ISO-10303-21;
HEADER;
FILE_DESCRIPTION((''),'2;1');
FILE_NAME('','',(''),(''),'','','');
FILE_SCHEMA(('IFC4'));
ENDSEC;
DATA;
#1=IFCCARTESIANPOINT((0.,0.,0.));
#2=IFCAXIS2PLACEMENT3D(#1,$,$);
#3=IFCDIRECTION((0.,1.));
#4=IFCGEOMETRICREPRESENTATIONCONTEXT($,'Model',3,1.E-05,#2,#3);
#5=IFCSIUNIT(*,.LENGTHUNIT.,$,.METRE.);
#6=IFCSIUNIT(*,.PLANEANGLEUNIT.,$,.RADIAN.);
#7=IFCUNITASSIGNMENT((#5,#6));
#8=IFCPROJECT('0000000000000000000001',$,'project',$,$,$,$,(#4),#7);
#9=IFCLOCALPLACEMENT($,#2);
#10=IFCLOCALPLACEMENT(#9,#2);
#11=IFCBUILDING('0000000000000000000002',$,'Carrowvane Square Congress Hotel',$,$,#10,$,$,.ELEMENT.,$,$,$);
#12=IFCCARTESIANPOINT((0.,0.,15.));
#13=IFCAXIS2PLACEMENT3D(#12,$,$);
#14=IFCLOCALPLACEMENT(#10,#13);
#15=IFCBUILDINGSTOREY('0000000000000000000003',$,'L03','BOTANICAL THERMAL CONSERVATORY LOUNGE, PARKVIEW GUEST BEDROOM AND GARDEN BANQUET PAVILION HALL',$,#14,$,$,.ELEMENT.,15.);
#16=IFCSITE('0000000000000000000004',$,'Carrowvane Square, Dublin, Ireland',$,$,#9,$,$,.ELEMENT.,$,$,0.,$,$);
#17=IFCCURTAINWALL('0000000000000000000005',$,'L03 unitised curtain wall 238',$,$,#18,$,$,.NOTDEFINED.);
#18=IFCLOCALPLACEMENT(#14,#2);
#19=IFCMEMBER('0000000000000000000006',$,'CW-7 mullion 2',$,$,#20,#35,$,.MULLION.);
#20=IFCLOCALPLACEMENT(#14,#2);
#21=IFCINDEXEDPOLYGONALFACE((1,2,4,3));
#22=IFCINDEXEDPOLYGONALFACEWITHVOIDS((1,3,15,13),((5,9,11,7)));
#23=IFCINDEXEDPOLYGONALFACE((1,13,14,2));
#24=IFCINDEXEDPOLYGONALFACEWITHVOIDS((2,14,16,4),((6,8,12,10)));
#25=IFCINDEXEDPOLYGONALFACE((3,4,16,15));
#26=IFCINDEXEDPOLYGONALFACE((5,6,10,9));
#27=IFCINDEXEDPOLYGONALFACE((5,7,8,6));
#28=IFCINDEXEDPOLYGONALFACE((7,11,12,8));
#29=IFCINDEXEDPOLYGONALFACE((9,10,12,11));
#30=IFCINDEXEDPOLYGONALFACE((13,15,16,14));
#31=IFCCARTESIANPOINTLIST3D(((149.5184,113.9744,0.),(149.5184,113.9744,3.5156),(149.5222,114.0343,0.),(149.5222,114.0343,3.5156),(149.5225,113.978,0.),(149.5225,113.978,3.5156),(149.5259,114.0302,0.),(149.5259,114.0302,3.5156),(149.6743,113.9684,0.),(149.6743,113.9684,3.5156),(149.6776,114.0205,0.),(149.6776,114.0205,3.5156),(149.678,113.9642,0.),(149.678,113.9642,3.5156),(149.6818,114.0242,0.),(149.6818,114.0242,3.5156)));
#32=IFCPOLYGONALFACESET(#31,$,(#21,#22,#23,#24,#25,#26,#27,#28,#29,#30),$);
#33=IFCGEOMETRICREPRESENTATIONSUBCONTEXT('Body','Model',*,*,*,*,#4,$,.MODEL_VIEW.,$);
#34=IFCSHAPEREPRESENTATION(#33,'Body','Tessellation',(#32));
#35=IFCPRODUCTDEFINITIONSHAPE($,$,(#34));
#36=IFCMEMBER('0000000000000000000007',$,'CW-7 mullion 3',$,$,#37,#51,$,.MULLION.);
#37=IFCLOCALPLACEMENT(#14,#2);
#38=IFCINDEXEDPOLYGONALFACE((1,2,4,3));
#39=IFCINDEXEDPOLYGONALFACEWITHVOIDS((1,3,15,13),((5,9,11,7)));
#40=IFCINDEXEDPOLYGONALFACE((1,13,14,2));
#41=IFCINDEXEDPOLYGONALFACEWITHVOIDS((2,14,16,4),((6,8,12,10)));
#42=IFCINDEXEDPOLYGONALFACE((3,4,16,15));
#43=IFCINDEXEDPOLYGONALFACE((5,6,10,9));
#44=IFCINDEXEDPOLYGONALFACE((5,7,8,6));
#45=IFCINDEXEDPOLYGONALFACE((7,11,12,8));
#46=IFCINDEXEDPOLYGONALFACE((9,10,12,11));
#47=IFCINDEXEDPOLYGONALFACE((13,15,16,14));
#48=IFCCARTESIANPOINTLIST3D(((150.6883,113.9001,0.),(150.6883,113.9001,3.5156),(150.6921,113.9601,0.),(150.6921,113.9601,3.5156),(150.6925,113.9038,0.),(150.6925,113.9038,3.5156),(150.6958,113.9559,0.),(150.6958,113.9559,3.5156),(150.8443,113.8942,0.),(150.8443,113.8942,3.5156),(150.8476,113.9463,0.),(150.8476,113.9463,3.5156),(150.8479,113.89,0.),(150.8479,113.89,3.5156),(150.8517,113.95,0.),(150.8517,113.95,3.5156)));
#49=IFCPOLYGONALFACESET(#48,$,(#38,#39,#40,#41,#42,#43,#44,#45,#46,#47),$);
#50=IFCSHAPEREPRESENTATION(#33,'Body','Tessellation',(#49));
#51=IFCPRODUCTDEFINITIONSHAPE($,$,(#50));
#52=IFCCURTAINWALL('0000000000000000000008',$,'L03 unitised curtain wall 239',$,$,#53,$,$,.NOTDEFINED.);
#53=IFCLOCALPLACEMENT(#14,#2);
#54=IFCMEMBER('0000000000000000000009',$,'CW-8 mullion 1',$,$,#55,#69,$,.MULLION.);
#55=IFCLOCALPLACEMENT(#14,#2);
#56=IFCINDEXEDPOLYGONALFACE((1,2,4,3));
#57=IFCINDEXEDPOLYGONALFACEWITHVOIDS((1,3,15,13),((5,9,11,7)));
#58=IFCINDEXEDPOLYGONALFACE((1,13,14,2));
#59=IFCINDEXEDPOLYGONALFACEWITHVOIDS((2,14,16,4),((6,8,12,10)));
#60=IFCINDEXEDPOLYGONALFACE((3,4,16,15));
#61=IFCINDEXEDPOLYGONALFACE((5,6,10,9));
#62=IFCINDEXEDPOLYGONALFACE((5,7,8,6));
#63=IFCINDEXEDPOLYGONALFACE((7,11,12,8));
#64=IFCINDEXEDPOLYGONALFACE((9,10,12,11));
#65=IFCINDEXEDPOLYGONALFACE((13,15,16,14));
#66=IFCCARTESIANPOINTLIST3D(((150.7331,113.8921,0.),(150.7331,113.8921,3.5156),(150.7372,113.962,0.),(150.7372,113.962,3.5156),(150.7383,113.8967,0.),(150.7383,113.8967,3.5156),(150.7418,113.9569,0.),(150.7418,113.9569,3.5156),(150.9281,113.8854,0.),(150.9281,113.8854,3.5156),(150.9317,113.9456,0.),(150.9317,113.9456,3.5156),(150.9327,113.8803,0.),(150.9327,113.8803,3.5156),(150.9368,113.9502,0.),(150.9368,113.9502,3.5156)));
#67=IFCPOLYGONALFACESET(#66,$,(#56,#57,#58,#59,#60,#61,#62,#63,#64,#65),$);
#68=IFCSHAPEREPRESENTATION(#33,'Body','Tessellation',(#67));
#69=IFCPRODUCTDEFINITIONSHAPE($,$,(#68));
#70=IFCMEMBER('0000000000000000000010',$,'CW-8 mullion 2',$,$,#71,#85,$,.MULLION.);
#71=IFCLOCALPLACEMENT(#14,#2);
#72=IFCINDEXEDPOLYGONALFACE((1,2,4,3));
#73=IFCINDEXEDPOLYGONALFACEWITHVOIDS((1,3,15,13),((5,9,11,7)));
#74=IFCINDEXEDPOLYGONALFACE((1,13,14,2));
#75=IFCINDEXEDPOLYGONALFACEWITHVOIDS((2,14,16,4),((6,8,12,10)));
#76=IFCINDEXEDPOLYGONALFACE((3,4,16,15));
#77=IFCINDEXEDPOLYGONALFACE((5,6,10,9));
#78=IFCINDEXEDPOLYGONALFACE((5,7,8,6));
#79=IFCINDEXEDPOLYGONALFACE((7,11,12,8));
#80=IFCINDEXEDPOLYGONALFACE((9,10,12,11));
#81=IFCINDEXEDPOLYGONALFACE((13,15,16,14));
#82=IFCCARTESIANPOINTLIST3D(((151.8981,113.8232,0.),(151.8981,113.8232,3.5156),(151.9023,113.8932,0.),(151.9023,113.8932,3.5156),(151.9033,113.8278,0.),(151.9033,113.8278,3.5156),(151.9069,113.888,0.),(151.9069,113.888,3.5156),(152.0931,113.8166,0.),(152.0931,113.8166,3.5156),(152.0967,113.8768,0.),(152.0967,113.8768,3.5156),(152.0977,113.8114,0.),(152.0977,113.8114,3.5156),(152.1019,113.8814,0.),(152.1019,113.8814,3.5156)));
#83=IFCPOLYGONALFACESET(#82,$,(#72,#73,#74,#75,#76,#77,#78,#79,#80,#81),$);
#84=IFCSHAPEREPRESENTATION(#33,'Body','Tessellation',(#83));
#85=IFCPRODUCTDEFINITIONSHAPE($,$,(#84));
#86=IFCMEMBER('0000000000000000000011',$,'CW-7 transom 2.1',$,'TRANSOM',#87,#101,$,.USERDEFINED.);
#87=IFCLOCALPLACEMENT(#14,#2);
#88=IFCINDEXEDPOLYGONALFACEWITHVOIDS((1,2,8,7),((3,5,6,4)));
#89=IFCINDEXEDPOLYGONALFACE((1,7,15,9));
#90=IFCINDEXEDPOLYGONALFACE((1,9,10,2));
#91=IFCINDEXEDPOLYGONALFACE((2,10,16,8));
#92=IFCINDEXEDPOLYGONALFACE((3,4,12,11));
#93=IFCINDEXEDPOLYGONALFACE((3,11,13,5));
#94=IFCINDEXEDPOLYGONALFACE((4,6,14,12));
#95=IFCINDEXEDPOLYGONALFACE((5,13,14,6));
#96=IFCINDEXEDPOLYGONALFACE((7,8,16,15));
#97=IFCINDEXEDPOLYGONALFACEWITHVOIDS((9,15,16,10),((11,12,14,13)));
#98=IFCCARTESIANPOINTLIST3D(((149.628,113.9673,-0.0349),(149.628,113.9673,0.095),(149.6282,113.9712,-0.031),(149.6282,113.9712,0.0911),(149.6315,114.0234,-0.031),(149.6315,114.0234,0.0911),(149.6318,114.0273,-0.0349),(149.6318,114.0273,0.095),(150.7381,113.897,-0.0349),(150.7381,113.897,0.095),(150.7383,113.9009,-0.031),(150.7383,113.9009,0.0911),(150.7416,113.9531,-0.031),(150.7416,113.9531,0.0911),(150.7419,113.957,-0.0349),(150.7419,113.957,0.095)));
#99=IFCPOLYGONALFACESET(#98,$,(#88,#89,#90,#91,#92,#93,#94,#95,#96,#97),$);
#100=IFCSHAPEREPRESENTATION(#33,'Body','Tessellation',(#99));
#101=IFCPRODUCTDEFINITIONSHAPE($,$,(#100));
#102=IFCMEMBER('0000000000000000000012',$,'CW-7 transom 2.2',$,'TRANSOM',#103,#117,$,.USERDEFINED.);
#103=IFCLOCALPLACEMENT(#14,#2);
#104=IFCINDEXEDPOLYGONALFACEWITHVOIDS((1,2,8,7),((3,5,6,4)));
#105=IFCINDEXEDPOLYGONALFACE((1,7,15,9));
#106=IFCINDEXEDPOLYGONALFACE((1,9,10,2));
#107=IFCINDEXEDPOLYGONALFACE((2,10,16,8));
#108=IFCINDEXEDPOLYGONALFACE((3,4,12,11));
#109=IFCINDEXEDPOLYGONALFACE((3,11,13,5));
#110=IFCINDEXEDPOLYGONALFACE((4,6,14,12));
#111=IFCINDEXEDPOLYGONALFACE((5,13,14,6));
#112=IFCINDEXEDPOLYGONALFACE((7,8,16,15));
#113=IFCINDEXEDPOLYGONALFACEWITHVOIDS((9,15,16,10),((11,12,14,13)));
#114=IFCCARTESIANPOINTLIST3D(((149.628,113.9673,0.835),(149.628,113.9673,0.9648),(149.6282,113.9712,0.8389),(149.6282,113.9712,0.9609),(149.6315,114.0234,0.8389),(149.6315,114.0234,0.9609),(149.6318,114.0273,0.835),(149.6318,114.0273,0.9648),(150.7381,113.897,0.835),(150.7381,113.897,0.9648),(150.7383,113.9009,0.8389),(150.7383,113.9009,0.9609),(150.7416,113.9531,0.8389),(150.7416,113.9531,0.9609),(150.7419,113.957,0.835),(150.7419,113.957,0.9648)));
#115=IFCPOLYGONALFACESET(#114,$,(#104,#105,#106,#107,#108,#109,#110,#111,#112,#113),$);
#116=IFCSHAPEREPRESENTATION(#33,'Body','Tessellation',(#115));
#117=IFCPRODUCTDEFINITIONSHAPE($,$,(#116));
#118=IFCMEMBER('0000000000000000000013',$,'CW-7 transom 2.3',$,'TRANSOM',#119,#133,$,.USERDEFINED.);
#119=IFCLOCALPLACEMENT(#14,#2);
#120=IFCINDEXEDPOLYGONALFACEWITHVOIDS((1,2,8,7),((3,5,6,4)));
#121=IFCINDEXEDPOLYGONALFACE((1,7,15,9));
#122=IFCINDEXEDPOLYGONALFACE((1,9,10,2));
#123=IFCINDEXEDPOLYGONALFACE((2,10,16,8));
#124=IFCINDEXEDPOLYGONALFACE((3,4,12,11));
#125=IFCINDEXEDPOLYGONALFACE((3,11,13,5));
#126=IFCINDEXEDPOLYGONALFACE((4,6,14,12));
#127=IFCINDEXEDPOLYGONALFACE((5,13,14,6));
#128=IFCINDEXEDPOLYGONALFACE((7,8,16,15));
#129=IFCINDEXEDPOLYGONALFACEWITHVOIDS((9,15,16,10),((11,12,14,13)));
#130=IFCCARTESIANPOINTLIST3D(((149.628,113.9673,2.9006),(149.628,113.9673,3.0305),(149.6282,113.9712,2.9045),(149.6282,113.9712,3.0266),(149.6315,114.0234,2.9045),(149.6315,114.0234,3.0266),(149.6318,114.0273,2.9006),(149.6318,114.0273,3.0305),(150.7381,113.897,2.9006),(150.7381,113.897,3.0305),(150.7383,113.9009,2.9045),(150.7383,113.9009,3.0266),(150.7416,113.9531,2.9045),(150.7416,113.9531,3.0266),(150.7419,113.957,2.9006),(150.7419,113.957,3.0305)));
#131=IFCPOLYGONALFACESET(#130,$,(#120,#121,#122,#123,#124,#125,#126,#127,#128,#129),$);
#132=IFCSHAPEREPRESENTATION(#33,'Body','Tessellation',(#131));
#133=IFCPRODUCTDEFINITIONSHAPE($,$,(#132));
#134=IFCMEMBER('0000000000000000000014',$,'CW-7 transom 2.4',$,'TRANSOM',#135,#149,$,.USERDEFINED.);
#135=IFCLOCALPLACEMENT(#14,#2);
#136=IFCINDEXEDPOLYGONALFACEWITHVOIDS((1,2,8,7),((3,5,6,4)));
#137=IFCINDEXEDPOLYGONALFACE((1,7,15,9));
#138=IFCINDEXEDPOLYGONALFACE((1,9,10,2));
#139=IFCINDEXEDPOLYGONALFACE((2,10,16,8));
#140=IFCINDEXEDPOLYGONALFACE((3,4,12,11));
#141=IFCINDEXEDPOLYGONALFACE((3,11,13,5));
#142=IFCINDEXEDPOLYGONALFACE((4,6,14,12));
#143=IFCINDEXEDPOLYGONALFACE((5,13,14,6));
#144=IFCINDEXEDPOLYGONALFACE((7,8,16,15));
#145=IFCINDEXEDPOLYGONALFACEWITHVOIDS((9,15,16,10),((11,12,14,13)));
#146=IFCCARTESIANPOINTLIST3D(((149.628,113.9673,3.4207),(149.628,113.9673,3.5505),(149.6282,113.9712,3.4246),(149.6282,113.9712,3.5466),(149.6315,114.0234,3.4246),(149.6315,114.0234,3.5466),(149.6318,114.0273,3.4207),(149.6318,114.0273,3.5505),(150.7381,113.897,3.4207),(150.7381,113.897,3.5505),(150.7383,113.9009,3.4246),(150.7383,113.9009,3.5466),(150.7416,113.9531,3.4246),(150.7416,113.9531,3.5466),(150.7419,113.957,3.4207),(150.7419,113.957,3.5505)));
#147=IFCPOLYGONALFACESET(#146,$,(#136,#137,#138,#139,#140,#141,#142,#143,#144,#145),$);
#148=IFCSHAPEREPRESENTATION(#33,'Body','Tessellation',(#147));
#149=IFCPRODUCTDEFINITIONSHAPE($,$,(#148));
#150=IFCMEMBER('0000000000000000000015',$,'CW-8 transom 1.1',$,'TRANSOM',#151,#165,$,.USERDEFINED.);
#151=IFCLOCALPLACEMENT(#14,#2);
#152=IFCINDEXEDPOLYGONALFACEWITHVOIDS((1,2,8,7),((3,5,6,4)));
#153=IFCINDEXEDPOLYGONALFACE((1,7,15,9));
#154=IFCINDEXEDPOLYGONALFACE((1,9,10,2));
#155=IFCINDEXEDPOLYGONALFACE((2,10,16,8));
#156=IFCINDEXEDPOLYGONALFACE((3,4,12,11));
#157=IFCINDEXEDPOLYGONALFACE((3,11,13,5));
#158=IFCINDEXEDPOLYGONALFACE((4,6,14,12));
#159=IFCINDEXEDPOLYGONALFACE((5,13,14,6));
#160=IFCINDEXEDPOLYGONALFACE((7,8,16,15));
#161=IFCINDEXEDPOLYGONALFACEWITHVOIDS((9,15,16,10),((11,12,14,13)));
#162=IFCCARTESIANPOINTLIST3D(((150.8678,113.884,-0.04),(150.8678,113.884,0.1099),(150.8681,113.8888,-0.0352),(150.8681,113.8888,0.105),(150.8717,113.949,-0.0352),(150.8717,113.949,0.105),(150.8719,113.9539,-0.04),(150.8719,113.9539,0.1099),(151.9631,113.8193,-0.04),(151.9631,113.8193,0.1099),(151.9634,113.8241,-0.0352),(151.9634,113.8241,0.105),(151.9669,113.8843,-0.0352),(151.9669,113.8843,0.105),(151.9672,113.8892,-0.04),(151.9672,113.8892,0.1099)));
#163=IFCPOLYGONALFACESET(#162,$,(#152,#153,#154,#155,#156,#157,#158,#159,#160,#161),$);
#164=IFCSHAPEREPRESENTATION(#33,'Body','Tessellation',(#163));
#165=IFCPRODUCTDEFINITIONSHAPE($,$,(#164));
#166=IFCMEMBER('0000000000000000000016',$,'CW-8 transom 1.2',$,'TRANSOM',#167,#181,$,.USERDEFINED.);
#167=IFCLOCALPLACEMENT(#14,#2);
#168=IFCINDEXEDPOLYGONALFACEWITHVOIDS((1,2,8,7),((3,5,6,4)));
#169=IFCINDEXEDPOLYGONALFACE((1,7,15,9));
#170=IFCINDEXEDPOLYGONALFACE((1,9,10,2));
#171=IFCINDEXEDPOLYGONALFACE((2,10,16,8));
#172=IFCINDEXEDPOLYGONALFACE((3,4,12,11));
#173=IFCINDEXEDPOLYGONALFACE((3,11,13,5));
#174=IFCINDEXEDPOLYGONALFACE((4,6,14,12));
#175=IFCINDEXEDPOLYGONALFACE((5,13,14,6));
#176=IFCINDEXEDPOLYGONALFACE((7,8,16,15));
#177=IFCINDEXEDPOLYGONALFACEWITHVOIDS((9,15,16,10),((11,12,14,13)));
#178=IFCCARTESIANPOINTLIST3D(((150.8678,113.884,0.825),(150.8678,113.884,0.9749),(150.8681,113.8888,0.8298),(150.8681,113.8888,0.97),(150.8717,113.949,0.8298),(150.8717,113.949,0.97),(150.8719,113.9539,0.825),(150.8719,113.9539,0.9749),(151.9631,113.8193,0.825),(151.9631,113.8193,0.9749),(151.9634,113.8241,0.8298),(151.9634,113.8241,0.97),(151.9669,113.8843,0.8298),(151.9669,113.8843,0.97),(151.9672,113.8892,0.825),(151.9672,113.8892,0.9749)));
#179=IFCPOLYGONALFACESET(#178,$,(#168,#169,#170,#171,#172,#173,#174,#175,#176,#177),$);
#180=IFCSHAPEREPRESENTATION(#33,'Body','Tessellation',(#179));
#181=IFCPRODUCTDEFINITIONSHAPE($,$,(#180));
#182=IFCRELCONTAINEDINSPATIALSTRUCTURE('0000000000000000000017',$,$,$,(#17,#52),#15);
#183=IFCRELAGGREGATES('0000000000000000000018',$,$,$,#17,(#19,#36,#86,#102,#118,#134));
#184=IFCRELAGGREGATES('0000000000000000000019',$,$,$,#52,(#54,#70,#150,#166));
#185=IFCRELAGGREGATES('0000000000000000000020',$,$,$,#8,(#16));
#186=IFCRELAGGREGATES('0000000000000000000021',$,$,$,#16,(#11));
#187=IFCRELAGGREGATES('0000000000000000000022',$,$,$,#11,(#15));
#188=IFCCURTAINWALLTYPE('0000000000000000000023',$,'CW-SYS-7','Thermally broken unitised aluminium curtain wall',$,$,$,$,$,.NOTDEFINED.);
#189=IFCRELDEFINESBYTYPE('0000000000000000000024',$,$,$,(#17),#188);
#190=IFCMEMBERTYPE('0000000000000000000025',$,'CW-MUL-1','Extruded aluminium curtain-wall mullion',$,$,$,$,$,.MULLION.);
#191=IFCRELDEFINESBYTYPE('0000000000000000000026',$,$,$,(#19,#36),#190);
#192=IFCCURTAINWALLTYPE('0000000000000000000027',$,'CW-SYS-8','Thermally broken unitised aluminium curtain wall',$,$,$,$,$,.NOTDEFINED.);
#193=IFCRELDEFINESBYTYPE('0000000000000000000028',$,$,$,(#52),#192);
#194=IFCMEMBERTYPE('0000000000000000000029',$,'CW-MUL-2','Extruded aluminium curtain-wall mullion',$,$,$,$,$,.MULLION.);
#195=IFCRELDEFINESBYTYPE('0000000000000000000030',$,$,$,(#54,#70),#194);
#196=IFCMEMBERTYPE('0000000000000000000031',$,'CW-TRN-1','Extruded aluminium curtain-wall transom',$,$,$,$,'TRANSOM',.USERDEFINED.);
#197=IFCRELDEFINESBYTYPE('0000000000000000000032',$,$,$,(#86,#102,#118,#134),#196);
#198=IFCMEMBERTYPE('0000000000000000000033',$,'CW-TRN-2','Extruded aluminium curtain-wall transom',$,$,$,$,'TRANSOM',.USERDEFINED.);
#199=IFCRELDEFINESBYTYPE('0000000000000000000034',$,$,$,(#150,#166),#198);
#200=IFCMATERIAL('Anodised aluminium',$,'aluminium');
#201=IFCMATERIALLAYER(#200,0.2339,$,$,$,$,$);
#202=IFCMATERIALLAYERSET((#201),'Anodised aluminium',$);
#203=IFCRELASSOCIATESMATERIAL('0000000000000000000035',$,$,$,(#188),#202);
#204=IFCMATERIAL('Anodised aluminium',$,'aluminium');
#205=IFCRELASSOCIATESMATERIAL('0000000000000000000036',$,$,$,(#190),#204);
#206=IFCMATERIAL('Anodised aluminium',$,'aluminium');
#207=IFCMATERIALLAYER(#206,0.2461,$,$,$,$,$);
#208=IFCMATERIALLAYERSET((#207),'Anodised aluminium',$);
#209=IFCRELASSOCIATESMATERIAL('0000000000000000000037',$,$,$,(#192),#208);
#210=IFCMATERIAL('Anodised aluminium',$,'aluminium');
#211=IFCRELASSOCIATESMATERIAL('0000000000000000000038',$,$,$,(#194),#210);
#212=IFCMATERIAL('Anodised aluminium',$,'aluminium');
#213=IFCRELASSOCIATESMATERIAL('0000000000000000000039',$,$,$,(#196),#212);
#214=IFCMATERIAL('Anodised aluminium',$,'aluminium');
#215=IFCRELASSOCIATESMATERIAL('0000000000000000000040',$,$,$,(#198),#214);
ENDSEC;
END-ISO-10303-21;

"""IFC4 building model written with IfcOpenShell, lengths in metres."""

from ifc_helpers import new_model, si_unit, direction, frame, origin, origin_2d, place, context, subcontext, project, spatial, hollow_rectangle, extrude, material, layer, layer_set, material_profile, profile_set, type_object, element, aggregate, save


model = new_model("IFC4")

# Units and contexts
model_context = context("Model", 3, precision=1e-05, world=origin(), true_north=direction((0.0, 1.0)))
body_context = subcontext(model_context, "Body", "Model", "MODEL_VIEW")
ifc_project = project(units=[si_unit("LENGTHUNIT", "METRE"), si_unit("PLANEANGLEUNIT", "RADIAN")], contexts=[model_context])

# Site, building, storey
site_placement = place(None, origin())
site = spatial("IfcSite", under=ifc_project, at=site_placement, Name="Carrowvane Square, Dublin, Ireland", CompositionType="ELEMENT", RefElevation=0.0)
building_placement = place(site_placement, origin())
building = spatial("IfcBuilding", under=site, at=building_placement, Name="Carrowvane Square Congress Hotel", CompositionType="ELEMENT")
storey_placement = place(building_placement, frame((0.0, 0.0, 15.0)))
storey = spatial("IfcBuildingStorey", under=building, at=storey_placement, Name="L03", Description="BOTANICAL THERMAL CONSERVATORY LOUNGE, PARKVIEW GUEST BEDROOM AND GARDEN BANQUET PAVILION HALL", CompositionType="ELEMENT", Elevation=15.0)

# Curtain walls, members
ifc_material_1 = material(Name="Anodised aluminium", Category="aluminium")
ifc_layer_1 = layer(ifc_material_1, 0.2339)
ifc_layer_set_1 = layer_set([ifc_layer_1], Name="Anodised aluminium")
curtain_wall_type_1 = type_object("IfcCurtainWallType", Name="CW-SYS-7", Description="Thermally broken unitised aluminium curtain wall", PredefinedType="NOTDEFINED", material=ifc_layer_set_1)
curtain_wall_1_placement = place(storey_placement, origin())
curtain_wall_1 = element("IfcCurtainWall", 1, at=curtain_wall_1_placement, inside=storey, type_object=curtain_wall_type_1, Name="L03 unitised curtain wall 238", PredefinedType="NOTDEFINED")
ifc_material_2 = material(Name="Anodised aluminium", Category="aluminium")
ifc_material_profile_1 = material_profile(ifc_material_2, hollow_rectangle(XDim=0.0601, YDim=0.1599, WallThickness=0.0039, at=origin_2d()), Name="CW-ML 60x160x4")
ifc_profile_set_1 = profile_set([ifc_material_profile_1], Name="Anodised aluminium")
member_type_1 = type_object("IfcMemberType", Name="CW-MUL-1", Description="Extruded aluminium curtain-wall mullion", PredefinedType="MULLION", material=ifc_profile_set_1)
member_1_placement = place(storey_placement, frame((149.6001, 113.9993, 0.0), z_axis=(0.0, 0.0, 1.0), x_axis=(0.063273, 0.997996, 0.0)))
member_1 = element("IfcMember", 2, at=member_1_placement, type_object=member_type_1, Name="CW-7 mullion 2", PredefinedType="MULLION", context=body_context, shape_type="SweptSolid", body=[
    extrude(hollow_rectangle(XDim=0.0601, YDim=0.1599, WallThickness=0.0039, at=origin_2d()), origin(), (0.0, 0.0, 1.0), 3.5156),
])
member_2_placement = place(storey_placement, frame((150.77, 113.925, 0.0), z_axis=(0.0, 0.0, 1.0), x_axis=(0.063273, 0.997996, 0.0)))
member_2 = element("IfcMember", 3, at=member_2_placement, type_object=member_type_1, Name="CW-7 mullion 3", PredefinedType="MULLION", context=body_context, shape_type="SweptSolid", body=[
    extrude(hollow_rectangle(XDim=0.0601, YDim=0.1599, WallThickness=0.0039, at=origin_2d()), origin(), (0.0, 0.0, 1.0), 3.5156),
])
ifc_material_3 = material(Name="Anodised aluminium", Category="aluminium")
ifc_layer_2 = layer(ifc_material_3, 0.2461)
ifc_layer_set_2 = layer_set([ifc_layer_2], Name="Anodised aluminium")
curtain_wall_type_2 = type_object("IfcCurtainWallType", Name="CW-SYS-8", Description="Thermally broken unitised aluminium curtain wall", PredefinedType="NOTDEFINED", material=ifc_layer_set_2)
curtain_wall_2_placement = place(storey_placement, origin())
curtain_wall_2 = element("IfcCurtainWall", 4, at=curtain_wall_2_placement, inside=storey, type_object=curtain_wall_type_2, Name="L03 unitised curtain wall 239", PredefinedType="NOTDEFINED")
ifc_material_4 = material(Name="Anodised aluminium", Category="aluminium")
ifc_material_profile_2 = material_profile(ifc_material_4, hollow_rectangle(XDim=0.0701, YDim=0.2, WallThickness=0.0049, at=origin_2d()), Name="CW-ML 70x200x5")
ifc_profile_set_2 = profile_set([ifc_material_profile_2], Name="Anodised aluminium")
member_type_2 = type_object("IfcMemberType", Name="CW-MUL-2", Description="Extruded aluminium curtain-wall mullion", PredefinedType="MULLION", material=ifc_profile_set_2)
member_3_placement = place(storey_placement, frame((150.835, 113.9211, 0.0), z_axis=(0.0, 0.0, 1.0), x_axis=(0.058989, 0.998259, 0.0)))
member_3 = element("IfcMember", 5, at=member_3_placement, type_object=member_type_2, Name="CW-8 mullion 1", PredefinedType="MULLION", context=body_context, shape_type="SweptSolid", body=[
    extrude(hollow_rectangle(XDim=0.0701, YDim=0.2, WallThickness=0.0049, at=origin_2d()), origin(), (0.0, 0.0, 1.0), 3.5156),
])
member_4_placement = place(storey_placement, frame((152.0, 113.8523, 0.0), z_axis=(0.0, 0.0, 1.0), x_axis=(0.058989, 0.998259, 0.0)))
member_4 = element("IfcMember", 6, at=member_4_placement, type_object=member_type_2, Name="CW-8 mullion 2", PredefinedType="MULLION", context=body_context, shape_type="SweptSolid", body=[
    extrude(hollow_rectangle(XDim=0.0701, YDim=0.2, WallThickness=0.0049, at=origin_2d()), origin(), (0.0, 0.0, 1.0), 3.5156),
])

# Members
ifc_material_5 = material(Name="Anodised aluminium", Category="aluminium")
ifc_material_profile_3 = material_profile(ifc_material_5, hollow_rectangle(XDim=0.0601, YDim=0.1299, WallThickness=0.0039, at=origin_2d()), Name="CW-TR 60x130x4")
ifc_profile_set_3 = profile_set([ifc_material_profile_3], Name="Anodised aluminium")
member_type_3 = type_object("IfcMemberType", Name="CW-TRN-1", Description="Extruded aluminium curtain-wall transom", ElementType="TRANSOM", PredefinedType="USERDEFINED", material=ifc_profile_set_3)
member_5_placement = place(storey_placement, frame((149.6299, 113.9973, 0.03), z_axis=(0.998, -0.063212, 0.0), x_axis=(0.063212, 0.998, 0.0)))
member_5 = element("IfcMember", 7, at=member_5_placement, type_object=member_type_3, Name="CW-7 transom 2.1", ObjectType="TRANSOM", PredefinedType="USERDEFINED", context=body_context, shape_type="SweptSolid", body=[
    extrude(hollow_rectangle(XDim=0.0601, YDim=0.1299, WallThickness=0.0039, at=origin_2d()), origin(), (0.0, 0.0, 1.0), 1.1123),
])
member_6_placement = place(storey_placement, frame((149.6299, 113.9973, 0.8999), z_axis=(0.998, -0.063212, 0.0), x_axis=(0.063212, 0.998, 0.0)))
member_6 = element("IfcMember", 8, at=member_6_placement, type_object=member_type_3, Name="CW-7 transom 2.2", ObjectType="TRANSOM", PredefinedType="USERDEFINED", context=body_context, shape_type="SweptSolid", body=[
    extrude(hollow_rectangle(XDim=0.0601, YDim=0.1299, WallThickness=0.0039, at=origin_2d()), origin(), (0.0, 0.0, 1.0), 1.1123),
])
member_7_placement = place(storey_placement, frame((149.6299, 113.9973, 2.9656), z_axis=(0.998, -0.063212, 0.0), x_axis=(0.063212, 0.998, 0.0)))
member_7 = element("IfcMember", 9, at=member_7_placement, type_object=member_type_3, Name="CW-7 transom 2.3", ObjectType="TRANSOM", PredefinedType="USERDEFINED", context=body_context, shape_type="SweptSolid", body=[
    extrude(hollow_rectangle(XDim=0.0601, YDim=0.1299, WallThickness=0.0039, at=origin_2d()), origin(), (0.0, 0.0, 1.0), 1.1123),
])
member_8_placement = place(storey_placement, frame((149.6299, 113.9973, 3.4856), z_axis=(0.998, -0.063212, 0.0), x_axis=(0.063212, 0.998, 0.0)))
member_8 = element("IfcMember", 10, at=member_8_placement, type_object=member_type_3, Name="CW-7 transom 2.4", ObjectType="TRANSOM", PredefinedType="USERDEFINED", context=body_context, shape_type="SweptSolid", body=[
    extrude(hollow_rectangle(XDim=0.0601, YDim=0.1299, WallThickness=0.0039, at=origin_2d()), origin(), (0.0, 0.0, 1.0), 1.1123),
])
ifc_material_6 = material(Name="Anodised aluminium", Category="aluminium")
ifc_material_profile_4 = material_profile(ifc_material_6, hollow_rectangle(XDim=0.0701, YDim=0.1499, WallThickness=0.0049, at=origin_2d()), Name="CW-TR 70x150x5")
ifc_profile_set_4 = profile_set([ifc_material_profile_4], Name="Anodised aluminium")
member_type_4 = type_object("IfcMemberType", Name="CW-TRN-2", Description="Extruded aluminium curtain-wall transom", ElementType="TRANSOM", PredefinedType="USERDEFINED", material=ifc_profile_set_4)
member_9_placement = place(storey_placement, frame((150.8699, 113.9189, 0.0349), z_axis=(0.99826, -0.05897, 0.0), x_axis=(0.05897, 0.99826, 0.0)))
member_9 = element("IfcMember", 11, at=member_9_placement, type_object=member_type_4, Name="CW-8 transom 1.1", ObjectType="TRANSOM", PredefinedType="USERDEFINED", context=body_context, shape_type="SweptSolid", body=[
    extrude(hollow_rectangle(XDim=0.0701, YDim=0.1499, WallThickness=0.0049, at=origin_2d()), origin(), (0.0, 0.0, 1.0), 1.0972),
])
member_10_placement = place(storey_placement, frame((150.8699, 113.9189, 0.8999), z_axis=(0.99826, -0.05897, 0.0), x_axis=(0.05897, 0.99826, 0.0)))
member_10 = element("IfcMember", 12, at=member_10_placement, type_object=member_type_4, Name="CW-8 transom 1.2", ObjectType="TRANSOM", PredefinedType="USERDEFINED", context=body_context, shape_type="SweptSolid", body=[
    extrude(hollow_rectangle(XDim=0.0701, YDim=0.1499, WallThickness=0.0049, at=origin_2d()), origin(), (0.0, 0.0, 1.0), 1.0972),
])

aggregate(curtain_wall_1, [member_1, member_2, member_5, member_6, member_7, member_8])
aggregate(curtain_wall_2, [member_3, member_4, member_9, member_10])

save(model, "model.ifc")
